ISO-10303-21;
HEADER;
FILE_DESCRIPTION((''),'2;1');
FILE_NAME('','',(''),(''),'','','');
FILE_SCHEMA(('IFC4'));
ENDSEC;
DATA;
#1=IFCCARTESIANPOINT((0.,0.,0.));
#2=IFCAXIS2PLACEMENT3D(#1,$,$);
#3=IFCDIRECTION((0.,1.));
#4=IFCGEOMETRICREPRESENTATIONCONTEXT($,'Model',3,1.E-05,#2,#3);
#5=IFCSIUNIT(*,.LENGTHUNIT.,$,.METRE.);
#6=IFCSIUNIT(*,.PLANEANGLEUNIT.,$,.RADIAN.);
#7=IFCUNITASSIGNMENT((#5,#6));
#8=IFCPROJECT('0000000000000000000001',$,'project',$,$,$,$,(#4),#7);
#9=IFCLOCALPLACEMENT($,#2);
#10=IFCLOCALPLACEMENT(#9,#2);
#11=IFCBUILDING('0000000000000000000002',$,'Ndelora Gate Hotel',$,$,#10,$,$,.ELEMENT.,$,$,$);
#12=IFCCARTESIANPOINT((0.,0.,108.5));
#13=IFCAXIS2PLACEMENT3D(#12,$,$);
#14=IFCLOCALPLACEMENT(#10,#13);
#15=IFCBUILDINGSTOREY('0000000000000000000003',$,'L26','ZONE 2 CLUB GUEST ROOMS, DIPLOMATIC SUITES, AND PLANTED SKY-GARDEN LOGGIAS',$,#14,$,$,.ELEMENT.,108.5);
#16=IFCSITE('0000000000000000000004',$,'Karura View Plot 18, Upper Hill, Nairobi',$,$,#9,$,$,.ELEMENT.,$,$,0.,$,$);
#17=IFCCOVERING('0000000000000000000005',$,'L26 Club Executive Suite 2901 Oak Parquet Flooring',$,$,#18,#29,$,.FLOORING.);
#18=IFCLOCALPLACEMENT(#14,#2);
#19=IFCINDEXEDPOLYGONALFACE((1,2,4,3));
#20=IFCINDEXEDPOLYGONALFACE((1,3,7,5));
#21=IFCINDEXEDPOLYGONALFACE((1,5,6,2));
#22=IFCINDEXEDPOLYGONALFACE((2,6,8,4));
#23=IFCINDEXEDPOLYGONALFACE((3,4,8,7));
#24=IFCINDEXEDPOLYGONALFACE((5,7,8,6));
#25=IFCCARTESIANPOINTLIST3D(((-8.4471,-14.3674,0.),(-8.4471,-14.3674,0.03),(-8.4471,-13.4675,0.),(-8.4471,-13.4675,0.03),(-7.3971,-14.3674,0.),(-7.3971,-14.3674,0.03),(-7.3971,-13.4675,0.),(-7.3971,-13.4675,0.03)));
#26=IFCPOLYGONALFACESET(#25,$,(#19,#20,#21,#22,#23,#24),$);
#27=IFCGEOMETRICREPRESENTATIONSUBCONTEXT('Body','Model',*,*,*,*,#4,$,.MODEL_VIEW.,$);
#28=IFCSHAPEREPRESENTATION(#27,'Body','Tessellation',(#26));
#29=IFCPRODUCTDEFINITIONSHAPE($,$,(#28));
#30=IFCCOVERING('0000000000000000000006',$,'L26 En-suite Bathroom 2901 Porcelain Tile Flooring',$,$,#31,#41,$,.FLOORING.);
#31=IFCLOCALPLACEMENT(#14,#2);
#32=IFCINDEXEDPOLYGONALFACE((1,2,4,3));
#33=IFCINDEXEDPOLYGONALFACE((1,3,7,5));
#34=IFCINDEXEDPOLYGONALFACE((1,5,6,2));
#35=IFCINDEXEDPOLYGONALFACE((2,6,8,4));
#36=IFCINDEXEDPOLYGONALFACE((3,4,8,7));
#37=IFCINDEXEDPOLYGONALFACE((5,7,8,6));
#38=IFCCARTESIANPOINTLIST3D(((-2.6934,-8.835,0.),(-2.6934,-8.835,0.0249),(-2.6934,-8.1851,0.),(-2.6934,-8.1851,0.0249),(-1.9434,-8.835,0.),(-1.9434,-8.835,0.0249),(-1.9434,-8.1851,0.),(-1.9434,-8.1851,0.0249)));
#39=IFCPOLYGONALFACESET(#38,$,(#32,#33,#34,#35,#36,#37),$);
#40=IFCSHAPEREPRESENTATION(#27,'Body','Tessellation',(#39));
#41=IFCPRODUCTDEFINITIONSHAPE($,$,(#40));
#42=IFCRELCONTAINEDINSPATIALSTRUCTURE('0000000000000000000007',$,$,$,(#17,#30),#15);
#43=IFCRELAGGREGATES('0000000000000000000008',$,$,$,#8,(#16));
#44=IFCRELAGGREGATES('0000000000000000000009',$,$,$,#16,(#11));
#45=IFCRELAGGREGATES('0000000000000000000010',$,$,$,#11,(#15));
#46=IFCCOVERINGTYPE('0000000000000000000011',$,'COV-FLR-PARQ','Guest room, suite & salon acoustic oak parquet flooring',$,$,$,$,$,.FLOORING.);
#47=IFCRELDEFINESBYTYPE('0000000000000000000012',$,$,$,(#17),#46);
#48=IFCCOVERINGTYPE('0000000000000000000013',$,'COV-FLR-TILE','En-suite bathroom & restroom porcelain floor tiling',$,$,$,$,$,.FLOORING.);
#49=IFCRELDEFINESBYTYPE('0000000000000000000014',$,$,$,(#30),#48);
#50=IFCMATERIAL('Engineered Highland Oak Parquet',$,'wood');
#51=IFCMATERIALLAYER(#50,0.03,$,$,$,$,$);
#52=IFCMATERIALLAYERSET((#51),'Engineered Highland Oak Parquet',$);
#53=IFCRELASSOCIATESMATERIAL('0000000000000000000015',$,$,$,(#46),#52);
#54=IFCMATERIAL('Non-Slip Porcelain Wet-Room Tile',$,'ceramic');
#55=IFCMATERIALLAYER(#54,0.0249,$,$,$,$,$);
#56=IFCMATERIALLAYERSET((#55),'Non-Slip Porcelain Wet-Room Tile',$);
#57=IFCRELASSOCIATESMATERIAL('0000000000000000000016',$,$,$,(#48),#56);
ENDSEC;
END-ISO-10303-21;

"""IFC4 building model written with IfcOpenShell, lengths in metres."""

from ifc_helpers import new_model, si_unit, direction, frame, origin, origin_2d, place, context, subcontext, project, spatial, rectangle, extrude, material, layer, layer_set, type_object, element, save


model = new_model("IFC4")

# Units and contexts
model_context = context("Model", 3, precision=1e-05, world=origin(), true_north=direction((0.0, 1.0)))
body_context = subcontext(model_context, "Body", "Model", "MODEL_VIEW")
ifc_project = project(units=[si_unit("LENGTHUNIT", "METRE"), si_unit("PLANEANGLEUNIT", "RADIAN")], contexts=[model_context])

# Site, building, storey
site_placement = place(None, origin())
site = spatial("IfcSite", under=ifc_project, at=site_placement, Name="Karura View Plot 18, Upper Hill, Nairobi", CompositionType="ELEMENT", RefElevation=0.0)
building_placement = place(site_placement, origin())
building = spatial("IfcBuilding", under=site, at=building_placement, Name="Ndelora Gate Hotel", CompositionType="ELEMENT")
storey_placement = place(building_placement, frame((0.0, 0.0, 108.5)))
storey = spatial("IfcBuildingStorey", under=building, at=storey_placement, Name="L26", Description="ZONE 2 CLUB GUEST ROOMS, DIPLOMATIC SUITES, AND PLANTED SKY-GARDEN LOGGIAS", CompositionType="ELEMENT", Elevation=108.5)

# Coverings
ifc_material_1 = material(Name="Engineered Highland Oak Parquet", Category="wood")
ifc_layer_1 = layer(ifc_material_1, 0.03)
ifc_layer_set_1 = layer_set([ifc_layer_1], Name="Engineered Highland Oak Parquet")
covering_type_1 = type_object("IfcCoveringType", Name="COV-FLR-PARQ", Description="Guest room, suite & salon acoustic oak parquet flooring", PredefinedType="FLOORING", material=ifc_layer_set_1)
covering_1_placement = place(storey_placement, frame((-7.9221, -13.9175, 0.0), z_axis=(0.0, 0.0, 1.0), x_axis=(1.0, 0.0, 0.0)))
element("IfcCovering", 1, at=covering_1_placement, inside=storey, type_object=covering_type_1, Name="L26 Club Executive Suite 2901 Oak Parquet Flooring", PredefinedType="FLOORING", context=body_context, shape_type="SweptSolid", body=[
    extrude(rectangle(XDim=1.05, YDim=0.8999, at=origin_2d()), origin(), (0.0, 0.0, 1.0), 0.03),
])
ifc_material_2 = material(Name="Non-Slip Porcelain Wet-Room Tile", Category="ceramic")
ifc_layer_2 = layer(ifc_material_2, 0.0249)
ifc_layer_set_2 = layer_set([ifc_layer_2], Name="Non-Slip Porcelain Wet-Room Tile")
covering_type_2 = type_object("IfcCoveringType", Name="COV-FLR-TILE", Description="En-suite bathroom & restroom porcelain floor tiling", PredefinedType="FLOORING", material=ifc_layer_set_2)
covering_2_placement = place(storey_placement, frame((-2.3184, -8.51, 0.0), z_axis=(0.0, 0.0, 1.0), x_axis=(1.0, 0.0, 0.0)))
element("IfcCovering", 2, at=covering_2_placement, inside=storey, type_object=covering_type_2, Name="L26 En-suite Bathroom 2901 Porcelain Tile Flooring", PredefinedType="FLOORING", context=body_context, shape_type="SweptSolid", body=[
    extrude(rectangle(XDim=0.75, YDim=0.6499, at=origin_2d()), origin(), (0.0, 0.0, 1.0), 0.0249),
])

save(model, "model.ifc")
